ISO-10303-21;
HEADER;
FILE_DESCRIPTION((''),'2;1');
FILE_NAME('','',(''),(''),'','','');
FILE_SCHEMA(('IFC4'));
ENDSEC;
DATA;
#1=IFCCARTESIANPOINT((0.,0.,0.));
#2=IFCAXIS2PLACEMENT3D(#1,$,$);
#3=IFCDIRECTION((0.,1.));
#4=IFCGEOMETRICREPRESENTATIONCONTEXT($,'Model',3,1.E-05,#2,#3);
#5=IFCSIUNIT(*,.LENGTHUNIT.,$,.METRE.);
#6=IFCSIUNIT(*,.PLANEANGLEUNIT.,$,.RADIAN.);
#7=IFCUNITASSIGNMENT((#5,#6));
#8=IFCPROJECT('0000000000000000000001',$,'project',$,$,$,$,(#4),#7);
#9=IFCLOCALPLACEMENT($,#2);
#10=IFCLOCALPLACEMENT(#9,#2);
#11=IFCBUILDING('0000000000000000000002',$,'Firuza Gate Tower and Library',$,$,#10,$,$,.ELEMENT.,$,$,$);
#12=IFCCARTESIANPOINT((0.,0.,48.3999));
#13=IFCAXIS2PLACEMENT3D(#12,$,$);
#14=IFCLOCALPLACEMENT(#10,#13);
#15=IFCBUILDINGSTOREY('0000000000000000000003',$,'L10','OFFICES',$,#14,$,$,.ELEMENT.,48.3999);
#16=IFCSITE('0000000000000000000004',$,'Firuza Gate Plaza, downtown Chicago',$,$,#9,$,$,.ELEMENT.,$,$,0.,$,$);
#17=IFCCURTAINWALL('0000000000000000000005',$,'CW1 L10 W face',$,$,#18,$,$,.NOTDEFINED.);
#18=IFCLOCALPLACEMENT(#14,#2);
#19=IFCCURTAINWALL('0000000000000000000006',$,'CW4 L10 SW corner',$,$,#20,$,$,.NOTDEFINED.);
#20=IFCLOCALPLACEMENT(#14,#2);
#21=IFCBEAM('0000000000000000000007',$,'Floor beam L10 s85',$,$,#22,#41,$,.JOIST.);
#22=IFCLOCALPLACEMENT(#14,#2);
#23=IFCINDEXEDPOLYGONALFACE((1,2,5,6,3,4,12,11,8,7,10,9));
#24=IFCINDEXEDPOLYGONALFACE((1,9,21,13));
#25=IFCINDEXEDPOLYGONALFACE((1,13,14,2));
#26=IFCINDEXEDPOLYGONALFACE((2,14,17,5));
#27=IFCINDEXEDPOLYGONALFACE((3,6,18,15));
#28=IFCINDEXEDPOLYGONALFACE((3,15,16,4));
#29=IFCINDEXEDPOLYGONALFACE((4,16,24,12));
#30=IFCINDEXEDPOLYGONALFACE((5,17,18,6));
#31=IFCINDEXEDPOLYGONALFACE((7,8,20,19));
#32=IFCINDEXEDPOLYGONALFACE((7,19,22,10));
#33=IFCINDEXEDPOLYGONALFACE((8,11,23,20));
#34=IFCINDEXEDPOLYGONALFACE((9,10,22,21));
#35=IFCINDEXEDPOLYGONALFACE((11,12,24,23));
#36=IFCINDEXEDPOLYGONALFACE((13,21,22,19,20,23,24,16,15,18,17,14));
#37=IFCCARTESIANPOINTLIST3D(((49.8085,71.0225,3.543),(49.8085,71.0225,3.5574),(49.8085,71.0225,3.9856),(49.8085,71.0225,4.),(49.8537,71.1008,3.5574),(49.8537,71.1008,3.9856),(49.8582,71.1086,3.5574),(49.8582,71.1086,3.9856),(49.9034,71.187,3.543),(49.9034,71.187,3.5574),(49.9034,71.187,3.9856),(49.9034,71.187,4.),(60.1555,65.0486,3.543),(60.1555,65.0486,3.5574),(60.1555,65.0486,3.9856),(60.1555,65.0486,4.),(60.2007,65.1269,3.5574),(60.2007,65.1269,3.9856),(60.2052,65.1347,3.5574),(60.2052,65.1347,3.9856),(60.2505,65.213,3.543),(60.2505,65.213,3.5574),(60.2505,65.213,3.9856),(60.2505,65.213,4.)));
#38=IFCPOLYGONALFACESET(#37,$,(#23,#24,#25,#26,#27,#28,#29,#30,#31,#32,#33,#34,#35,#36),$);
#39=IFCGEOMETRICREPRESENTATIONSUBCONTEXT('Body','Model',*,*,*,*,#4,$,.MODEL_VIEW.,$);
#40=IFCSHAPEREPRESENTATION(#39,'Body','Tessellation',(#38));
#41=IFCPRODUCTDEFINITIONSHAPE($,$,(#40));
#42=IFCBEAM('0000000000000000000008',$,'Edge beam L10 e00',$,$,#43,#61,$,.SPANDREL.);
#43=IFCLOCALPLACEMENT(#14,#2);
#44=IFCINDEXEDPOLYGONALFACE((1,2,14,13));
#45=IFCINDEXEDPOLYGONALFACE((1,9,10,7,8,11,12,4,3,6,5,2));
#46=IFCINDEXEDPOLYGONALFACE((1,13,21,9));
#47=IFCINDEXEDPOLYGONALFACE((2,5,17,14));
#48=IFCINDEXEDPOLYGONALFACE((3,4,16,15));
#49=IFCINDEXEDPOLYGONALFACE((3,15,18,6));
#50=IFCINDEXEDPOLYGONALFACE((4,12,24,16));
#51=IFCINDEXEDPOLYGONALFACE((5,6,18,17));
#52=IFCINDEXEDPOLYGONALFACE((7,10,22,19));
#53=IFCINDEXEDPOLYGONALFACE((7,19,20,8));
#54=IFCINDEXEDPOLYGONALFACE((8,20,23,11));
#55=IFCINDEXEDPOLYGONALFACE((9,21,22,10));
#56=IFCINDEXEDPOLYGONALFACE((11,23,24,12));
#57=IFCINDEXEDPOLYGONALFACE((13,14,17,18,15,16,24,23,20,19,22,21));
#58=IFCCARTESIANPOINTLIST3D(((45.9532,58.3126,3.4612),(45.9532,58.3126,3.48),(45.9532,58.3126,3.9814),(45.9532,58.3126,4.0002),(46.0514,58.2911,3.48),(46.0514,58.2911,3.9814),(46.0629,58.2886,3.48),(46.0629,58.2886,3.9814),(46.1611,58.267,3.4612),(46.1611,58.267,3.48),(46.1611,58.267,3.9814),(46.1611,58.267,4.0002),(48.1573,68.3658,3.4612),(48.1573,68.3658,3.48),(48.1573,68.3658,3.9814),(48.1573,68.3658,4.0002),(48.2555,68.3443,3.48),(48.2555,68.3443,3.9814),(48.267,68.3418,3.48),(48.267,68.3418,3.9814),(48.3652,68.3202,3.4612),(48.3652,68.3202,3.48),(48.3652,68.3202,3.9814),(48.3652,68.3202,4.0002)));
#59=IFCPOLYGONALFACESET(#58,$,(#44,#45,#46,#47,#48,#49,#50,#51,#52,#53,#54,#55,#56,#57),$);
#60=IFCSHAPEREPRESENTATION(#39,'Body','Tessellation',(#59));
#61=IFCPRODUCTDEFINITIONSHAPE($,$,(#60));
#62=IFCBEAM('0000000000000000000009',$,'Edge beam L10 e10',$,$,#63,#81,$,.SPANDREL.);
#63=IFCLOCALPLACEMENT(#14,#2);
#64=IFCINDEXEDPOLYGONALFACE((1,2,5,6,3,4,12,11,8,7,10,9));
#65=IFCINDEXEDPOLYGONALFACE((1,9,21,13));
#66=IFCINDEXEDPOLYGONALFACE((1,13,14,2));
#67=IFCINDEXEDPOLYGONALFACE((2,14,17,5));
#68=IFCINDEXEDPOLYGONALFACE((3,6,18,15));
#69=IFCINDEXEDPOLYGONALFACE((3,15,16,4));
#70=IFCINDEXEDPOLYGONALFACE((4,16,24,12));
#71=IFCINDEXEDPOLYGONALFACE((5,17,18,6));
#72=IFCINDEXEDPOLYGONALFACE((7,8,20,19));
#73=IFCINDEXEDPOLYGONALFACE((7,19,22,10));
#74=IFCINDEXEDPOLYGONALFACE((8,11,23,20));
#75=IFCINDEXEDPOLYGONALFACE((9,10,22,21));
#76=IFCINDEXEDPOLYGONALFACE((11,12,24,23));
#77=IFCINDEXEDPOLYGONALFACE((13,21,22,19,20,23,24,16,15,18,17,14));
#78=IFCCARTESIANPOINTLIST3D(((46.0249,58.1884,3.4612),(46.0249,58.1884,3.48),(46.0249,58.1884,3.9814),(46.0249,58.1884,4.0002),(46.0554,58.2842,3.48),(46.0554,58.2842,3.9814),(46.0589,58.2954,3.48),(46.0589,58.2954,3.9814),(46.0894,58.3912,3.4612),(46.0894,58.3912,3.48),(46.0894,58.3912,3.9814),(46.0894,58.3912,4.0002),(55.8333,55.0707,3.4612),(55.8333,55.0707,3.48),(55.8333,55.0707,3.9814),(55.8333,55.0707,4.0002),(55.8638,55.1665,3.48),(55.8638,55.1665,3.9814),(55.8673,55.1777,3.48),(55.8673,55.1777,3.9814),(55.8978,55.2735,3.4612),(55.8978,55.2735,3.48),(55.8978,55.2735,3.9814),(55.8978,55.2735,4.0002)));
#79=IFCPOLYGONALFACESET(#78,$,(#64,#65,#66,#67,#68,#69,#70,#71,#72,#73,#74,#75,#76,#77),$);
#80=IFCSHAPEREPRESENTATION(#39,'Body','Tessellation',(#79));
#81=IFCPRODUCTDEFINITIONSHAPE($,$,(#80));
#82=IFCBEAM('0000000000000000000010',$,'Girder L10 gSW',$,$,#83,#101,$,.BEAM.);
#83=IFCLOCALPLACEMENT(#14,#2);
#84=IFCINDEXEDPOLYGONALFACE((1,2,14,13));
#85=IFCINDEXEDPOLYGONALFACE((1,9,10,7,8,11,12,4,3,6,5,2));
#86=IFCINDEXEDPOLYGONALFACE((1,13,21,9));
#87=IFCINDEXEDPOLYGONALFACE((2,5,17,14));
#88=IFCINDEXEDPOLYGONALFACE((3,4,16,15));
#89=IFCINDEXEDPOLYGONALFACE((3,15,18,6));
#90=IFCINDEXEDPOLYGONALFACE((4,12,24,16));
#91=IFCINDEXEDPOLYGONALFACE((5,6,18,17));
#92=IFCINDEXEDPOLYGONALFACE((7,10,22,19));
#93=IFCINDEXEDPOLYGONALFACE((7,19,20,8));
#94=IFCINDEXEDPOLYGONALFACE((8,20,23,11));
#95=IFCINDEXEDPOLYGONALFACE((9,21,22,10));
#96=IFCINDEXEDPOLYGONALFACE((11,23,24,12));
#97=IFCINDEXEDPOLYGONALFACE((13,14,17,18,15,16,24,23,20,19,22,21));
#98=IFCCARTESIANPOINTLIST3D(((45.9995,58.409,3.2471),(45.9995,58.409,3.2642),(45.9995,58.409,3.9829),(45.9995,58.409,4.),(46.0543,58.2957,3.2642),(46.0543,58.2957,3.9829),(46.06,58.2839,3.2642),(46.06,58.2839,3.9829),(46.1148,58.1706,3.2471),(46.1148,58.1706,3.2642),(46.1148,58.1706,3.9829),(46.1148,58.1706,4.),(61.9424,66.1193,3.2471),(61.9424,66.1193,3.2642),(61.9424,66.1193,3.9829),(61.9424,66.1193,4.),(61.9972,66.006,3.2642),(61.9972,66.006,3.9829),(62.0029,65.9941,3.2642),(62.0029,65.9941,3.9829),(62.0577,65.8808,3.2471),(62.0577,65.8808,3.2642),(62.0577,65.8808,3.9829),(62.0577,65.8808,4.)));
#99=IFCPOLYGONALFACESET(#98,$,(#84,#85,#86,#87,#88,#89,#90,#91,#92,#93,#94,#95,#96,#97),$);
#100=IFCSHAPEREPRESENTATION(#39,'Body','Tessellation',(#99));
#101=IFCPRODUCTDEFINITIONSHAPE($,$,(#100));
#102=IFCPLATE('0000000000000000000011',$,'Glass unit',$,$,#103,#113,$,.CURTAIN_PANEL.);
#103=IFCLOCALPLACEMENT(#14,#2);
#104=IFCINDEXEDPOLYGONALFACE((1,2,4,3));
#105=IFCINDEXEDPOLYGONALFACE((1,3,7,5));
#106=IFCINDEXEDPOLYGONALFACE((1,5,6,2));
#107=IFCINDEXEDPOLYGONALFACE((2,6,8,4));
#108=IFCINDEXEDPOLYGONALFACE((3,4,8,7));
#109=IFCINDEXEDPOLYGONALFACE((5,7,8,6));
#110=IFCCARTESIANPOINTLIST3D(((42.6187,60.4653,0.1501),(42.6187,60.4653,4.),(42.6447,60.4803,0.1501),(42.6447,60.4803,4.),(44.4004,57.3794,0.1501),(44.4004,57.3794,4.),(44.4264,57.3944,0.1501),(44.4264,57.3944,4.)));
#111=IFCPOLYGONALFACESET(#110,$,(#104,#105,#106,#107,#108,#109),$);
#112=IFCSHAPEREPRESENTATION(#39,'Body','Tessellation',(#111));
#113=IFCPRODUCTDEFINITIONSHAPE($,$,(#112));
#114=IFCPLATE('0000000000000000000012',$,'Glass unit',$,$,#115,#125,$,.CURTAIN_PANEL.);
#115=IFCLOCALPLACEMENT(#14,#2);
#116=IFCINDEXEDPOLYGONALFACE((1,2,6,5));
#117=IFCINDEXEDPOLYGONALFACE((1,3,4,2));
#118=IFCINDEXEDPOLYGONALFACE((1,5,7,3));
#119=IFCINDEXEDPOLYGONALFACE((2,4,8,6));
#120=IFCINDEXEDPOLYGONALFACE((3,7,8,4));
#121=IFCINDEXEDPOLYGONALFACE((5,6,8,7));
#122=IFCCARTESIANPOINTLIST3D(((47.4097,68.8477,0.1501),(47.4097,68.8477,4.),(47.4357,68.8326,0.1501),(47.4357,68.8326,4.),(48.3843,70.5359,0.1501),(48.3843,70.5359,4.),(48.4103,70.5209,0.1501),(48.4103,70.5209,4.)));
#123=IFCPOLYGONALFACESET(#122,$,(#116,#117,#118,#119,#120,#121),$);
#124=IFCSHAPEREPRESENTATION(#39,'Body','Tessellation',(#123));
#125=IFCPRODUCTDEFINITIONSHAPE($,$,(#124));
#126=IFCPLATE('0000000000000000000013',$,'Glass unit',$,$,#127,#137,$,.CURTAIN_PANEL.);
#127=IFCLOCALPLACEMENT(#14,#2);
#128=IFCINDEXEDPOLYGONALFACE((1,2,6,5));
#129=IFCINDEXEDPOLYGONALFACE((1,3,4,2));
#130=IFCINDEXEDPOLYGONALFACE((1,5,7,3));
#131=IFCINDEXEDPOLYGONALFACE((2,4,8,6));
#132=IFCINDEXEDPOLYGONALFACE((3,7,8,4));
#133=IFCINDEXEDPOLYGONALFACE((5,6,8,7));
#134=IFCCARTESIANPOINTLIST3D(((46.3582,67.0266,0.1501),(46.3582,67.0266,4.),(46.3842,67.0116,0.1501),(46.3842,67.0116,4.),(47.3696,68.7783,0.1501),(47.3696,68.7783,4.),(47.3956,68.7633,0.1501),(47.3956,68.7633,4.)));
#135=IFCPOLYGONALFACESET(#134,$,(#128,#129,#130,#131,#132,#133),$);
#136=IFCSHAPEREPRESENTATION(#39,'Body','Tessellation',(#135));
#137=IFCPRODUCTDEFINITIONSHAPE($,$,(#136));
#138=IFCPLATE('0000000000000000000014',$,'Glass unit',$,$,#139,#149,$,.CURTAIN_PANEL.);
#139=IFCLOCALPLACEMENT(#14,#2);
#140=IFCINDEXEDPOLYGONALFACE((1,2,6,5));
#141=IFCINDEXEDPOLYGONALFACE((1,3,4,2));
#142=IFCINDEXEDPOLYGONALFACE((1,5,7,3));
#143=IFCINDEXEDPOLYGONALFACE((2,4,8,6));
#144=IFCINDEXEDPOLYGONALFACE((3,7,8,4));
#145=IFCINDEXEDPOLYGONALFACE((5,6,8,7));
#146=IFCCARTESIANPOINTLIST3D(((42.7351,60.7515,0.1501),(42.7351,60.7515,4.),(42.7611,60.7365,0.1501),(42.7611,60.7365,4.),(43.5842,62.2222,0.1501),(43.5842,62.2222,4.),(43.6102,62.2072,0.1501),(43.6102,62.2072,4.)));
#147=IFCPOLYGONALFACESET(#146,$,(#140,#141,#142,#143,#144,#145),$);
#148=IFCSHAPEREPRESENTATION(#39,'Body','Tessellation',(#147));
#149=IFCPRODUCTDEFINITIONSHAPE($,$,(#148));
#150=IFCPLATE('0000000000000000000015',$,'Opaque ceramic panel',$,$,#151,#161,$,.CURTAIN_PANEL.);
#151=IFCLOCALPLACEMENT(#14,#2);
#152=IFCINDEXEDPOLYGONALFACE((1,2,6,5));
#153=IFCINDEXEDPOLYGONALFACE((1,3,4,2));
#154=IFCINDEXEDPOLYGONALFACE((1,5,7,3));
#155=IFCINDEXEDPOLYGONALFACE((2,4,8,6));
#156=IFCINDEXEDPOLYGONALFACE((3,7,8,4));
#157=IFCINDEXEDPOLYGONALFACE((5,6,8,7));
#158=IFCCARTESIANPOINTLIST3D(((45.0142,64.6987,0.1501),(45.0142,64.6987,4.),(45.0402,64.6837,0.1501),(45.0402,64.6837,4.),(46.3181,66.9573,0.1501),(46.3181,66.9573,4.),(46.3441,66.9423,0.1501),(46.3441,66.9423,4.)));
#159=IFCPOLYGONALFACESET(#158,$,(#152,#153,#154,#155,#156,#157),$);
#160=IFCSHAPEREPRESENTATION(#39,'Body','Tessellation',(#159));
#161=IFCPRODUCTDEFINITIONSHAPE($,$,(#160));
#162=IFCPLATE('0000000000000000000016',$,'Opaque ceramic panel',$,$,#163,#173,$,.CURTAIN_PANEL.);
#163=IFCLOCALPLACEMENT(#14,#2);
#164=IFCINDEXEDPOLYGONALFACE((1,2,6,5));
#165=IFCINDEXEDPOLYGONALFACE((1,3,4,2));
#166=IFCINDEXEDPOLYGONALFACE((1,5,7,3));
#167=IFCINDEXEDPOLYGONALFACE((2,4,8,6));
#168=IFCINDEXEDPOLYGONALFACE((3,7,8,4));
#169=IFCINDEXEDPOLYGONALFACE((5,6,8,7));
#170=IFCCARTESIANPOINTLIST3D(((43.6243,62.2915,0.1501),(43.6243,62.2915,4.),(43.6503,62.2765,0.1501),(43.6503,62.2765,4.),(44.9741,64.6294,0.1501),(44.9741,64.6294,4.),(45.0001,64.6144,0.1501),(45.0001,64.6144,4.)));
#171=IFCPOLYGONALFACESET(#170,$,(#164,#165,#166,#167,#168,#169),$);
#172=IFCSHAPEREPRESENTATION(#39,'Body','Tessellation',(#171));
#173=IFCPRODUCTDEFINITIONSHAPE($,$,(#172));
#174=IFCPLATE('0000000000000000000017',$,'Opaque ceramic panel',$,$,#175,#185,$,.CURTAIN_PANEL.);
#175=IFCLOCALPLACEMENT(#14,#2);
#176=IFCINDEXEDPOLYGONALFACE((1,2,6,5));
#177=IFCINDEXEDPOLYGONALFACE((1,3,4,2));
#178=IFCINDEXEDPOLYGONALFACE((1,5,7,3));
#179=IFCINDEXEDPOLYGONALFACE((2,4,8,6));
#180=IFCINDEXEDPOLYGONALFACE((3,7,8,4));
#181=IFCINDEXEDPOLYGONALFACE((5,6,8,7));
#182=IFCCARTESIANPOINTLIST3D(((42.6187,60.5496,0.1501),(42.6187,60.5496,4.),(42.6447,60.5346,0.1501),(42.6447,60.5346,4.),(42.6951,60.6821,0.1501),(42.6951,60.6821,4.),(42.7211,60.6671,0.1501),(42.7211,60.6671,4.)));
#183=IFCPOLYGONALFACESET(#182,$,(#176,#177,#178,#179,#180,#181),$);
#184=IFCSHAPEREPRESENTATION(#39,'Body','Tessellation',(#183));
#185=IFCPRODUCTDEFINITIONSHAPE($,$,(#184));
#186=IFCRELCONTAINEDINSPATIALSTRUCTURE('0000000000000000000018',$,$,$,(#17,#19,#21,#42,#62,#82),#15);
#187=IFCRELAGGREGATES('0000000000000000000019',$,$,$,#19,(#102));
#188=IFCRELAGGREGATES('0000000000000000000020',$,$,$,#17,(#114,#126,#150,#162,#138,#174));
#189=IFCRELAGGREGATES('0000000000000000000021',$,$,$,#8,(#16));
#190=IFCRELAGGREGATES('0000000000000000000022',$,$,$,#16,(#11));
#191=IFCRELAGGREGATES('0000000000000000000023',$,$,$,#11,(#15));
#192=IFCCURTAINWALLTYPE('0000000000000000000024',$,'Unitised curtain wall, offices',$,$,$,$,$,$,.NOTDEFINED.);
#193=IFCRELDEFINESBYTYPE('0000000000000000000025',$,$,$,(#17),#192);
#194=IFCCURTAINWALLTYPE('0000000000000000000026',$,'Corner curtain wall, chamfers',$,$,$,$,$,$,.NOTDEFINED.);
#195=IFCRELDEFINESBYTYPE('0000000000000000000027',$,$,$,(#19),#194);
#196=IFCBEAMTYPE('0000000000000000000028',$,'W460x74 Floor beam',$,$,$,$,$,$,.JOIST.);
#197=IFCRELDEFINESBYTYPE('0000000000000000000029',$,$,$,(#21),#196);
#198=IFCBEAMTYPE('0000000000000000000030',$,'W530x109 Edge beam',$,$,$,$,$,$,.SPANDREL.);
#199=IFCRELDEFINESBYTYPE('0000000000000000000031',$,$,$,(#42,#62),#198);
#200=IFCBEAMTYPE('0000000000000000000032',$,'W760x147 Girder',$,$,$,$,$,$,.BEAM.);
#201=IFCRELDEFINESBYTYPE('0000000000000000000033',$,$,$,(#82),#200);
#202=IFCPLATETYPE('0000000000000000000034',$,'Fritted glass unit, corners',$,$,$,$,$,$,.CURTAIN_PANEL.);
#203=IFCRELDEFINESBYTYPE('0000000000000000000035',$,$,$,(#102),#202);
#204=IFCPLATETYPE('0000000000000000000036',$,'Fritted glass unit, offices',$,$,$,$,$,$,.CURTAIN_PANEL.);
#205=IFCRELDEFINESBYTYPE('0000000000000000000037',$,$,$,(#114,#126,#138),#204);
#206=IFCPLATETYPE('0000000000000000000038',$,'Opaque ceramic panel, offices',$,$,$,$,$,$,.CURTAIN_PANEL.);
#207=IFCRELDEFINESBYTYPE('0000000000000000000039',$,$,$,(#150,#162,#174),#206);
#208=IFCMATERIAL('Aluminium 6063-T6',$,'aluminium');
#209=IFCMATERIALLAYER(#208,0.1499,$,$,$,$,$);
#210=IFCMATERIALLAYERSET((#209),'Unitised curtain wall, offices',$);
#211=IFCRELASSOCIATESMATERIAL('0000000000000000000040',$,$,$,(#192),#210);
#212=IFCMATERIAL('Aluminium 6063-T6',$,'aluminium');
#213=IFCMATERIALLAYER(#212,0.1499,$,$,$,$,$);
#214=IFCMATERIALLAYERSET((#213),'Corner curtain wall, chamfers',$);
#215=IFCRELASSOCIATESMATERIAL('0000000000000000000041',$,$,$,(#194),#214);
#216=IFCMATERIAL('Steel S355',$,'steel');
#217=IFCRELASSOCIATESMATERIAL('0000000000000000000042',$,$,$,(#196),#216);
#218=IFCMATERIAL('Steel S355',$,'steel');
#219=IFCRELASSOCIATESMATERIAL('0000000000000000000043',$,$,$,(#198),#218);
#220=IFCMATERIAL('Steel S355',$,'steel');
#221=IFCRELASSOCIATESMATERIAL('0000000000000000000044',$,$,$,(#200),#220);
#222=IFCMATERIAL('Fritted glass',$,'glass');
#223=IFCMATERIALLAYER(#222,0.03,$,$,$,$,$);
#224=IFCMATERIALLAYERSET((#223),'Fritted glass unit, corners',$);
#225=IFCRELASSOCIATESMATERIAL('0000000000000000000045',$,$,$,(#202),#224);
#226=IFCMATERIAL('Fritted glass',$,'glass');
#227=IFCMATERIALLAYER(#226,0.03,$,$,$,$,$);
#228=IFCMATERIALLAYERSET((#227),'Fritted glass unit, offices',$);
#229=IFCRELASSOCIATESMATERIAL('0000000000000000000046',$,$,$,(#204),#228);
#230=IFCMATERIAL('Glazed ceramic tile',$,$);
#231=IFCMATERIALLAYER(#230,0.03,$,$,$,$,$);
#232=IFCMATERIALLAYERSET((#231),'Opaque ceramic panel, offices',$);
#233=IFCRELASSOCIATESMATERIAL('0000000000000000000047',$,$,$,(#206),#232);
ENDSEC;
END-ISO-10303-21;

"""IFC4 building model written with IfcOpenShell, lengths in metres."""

from ifc_helpers import new_model, si_unit, direction, frame, origin, origin_2d, place, context, subcontext, project, spatial, polyline, i_section, outline, extrude, material, layer, layer_set, material_profile, profile_set, type_object, element, aggregate, save


model = new_model("IFC4")

# Units and contexts
model_context = context("Model", 3, precision=1e-05, world=origin(), true_north=direction((0.0, 1.0)))
body_context = subcontext(model_context, "Body", "Model", "MODEL_VIEW")
ifc_project = project(units=[si_unit("LENGTHUNIT", "METRE"), si_unit("PLANEANGLEUNIT", "RADIAN")], contexts=[model_context])

# Site, building, storey
site_placement = place(None, origin())
site = spatial("IfcSite", under=ifc_project, at=site_placement, Name="Firuza Gate Plaza, downtown Chicago", CompositionType="ELEMENT", RefElevation=0.0)
building_placement = place(site_placement, origin())
building = spatial("IfcBuilding", under=site, at=building_placement, Name="Firuza Gate Tower and Library", CompositionType="ELEMENT")
storey_placement = place(building_placement, frame((0.0, 0.0, 48.3999)))
storey = spatial("IfcBuildingStorey", under=building, at=storey_placement, Name="L10", Description="OFFICES", CompositionType="ELEMENT", Elevation=48.3999)

# Curtain walls
ifc_material_1 = material(Name="Aluminium 6063-T6", Category="aluminium")
ifc_layer_1 = layer(ifc_material_1, 0.1499)
ifc_layer_set_1 = layer_set([ifc_layer_1], Name="Unitised curtain wall, offices")
curtain_wall_type_1 = type_object("IfcCurtainWallType", Name="Unitised curtain wall, offices", PredefinedType="NOTDEFINED", material=ifc_layer_set_1)
placement = place(storey_placement, origin())
curtain_wall_1 = element("IfcCurtainWall", 1, at=placement, inside=storey, type_object=curtain_wall_type_1, Name="CW1 L10 W face", PredefinedType="NOTDEFINED")
ifc_material_2 = material(Name="Aluminium 6063-T6", Category="aluminium")
ifc_layer_2 = layer(ifc_material_2, 0.1499)
ifc_layer_set_2 = layer_set([ifc_layer_2], Name="Corner curtain wall, chamfers")
curtain_wall_type_2 = type_object("IfcCurtainWallType", Name="Corner curtain wall, chamfers", PredefinedType="NOTDEFINED", material=ifc_layer_set_2)
curtain_wall_2 = element("IfcCurtainWall", 2, at=placement, inside=storey, type_object=curtain_wall_type_2, Name="CW4 L10 SW corner", PredefinedType="NOTDEFINED")

# Beams
ifc_material_3 = material(Name="Steel S355", Category="steel")
ifc_material_profile_1 = material_profile(ifc_material_3, i_section(OverallWidth=0.1899, OverallDepth=0.457, WebThickness=0.009, FlangeThickness=0.0144, at=origin_2d()))
ifc_profile_set_1 = profile_set([ifc_material_profile_1], Name="Steel S355")
beam_type_1 = type_object("IfcBeamType", Name="W460x74 Floor beam", PredefinedType="JOIST", material=ifc_profile_set_1)
beam_1_placement = place(storey_placement, frame((49.856, 71.1047, 3.7715), z_axis=(0.866023, -0.500005, 0.0), x_axis=(0.500005, 0.866023, 0.0)))
element("IfcBeam", 3, at=beam_1_placement, inside=storey, type_object=beam_type_1, Name="Floor beam L10 s85", PredefinedType="JOIST", context=body_context, shape_type="SweptSolid", body=[
    extrude(i_section(OverallWidth=0.1899, OverallDepth=0.457, WebThickness=0.009, FlangeThickness=0.0144, at=origin_2d()), origin(), (0.0, 0.0, 1.0), 11.9478),
])
ifc_material_4 = material(Name="Steel S355", Category="steel")
ifc_material_profile_2 = material_profile(ifc_material_4, i_section(OverallWidth=0.2129, OverallDepth=0.5391, WebThickness=0.0117, FlangeThickness=0.0188, at=origin_2d()))
ifc_profile_set_2 = profile_set([ifc_material_profile_2], Name="Steel S355")
beam_type_2 = type_object("IfcBeamType", Name="W530x109 Edge beam", PredefinedType="SPANDREL", material=ifc_profile_set_2)
for number, where, z_axis, x_axis, name in (
    (4, (48.2612, 68.343, 3.7307), (-0.214157, -0.976799, 0.0), (0.976799, -0.214157, 0.0), "Edge beam L10 e00"),
    (5, (46.0571, 58.2898, 3.7307), (0.953015, -0.302925, 0.0), (0.302925, 0.953015, 0.0), "Edge beam L10 e10"),
):
    element("IfcBeam", number, at=place(storey_placement, frame(where, z_axis=z_axis, x_axis=x_axis)), inside=storey, type_object=beam_type_2, Name=name, PredefinedType="SPANDREL", context=body_context, shape_type="SweptSolid", body=[
        extrude(i_section(OverallWidth=0.2129, OverallDepth=0.5391, WebThickness=0.0117, FlangeThickness=0.0188, at=origin_2d()), origin(), (0.0, 0.0, 1.0), 10.292),
    ])
ifc_material_5 = material(Name="Steel S355", Category="steel")
ifc_material_profile_3 = material_profile(ifc_material_5, i_section(OverallWidth=0.2649, OverallDepth=0.7529, WebThickness=0.0132, FlangeThickness=0.0171, at=origin_2d()))
ifc_profile_set_3 = profile_set([ifc_material_profile_3], Name="Steel S355")
beam_type_3 = type_object("IfcBeamType", Name="W760x147 Girder", PredefinedType="BEAM", material=ifc_profile_set_3)
beam_2_placement = place(storey_placement, frame((46.0571, 58.2898, 3.6235), z_axis=(0.90025, 0.435374, 0.0), x_axis=(-0.435374, 0.90025, 0.0)))
element("IfcBeam", 6, at=beam_2_placement, inside=storey, type_object=beam_type_3, Name="Girder L10 gSW", PredefinedType="BEAM", context=body_context, shape_type="SweptSolid", body=[
    extrude(i_section(OverallWidth=0.2649, OverallDepth=0.7529, WebThickness=0.0132, FlangeThickness=0.0171, at=origin_2d()), origin(), (0.0, 0.0, 1.0), 17.7095),
])

# Plates
ifc_material_6 = material(Name="Fritted glass", Category="glass")
ifc_layer_3 = layer(ifc_material_6, 0.03)
ifc_layer_set_3 = layer_set([ifc_layer_3], Name="Fritted glass unit, corners")
plate_type_1 = type_object("IfcPlateType", Name="Fritted glass unit, corners", PredefinedType="CURTAIN_PANEL", material=ifc_layer_set_3)
plate_1_placement = place(storey_placement, frame((42.6187, 60.4653, 0.1501), z_axis=(-0.866017, -0.500015, 0.0), x_axis=(0.500015, -0.866017, 0.0)))
plate_1 = element("IfcPlate", 7, at=plate_1_placement, type_object=plate_type_1, Name="Glass unit", PredefinedType="CURTAIN_PANEL", context=body_context, shape_type="SweptSolid", body=[
    extrude(outline(polyline([(0.0, 0.0), (3.5634, 0.0), (3.5634, 3.8499), (0.0, 3.8499), (0.0, 0.0)])), origin(), (0.0, 0.0, -1.0), 0.03),
])
aggregate(curtain_wall_2, [plate_1])
ifc_material_7 = material(Name="Fritted glass", Category="glass")
ifc_layer_4 = layer(ifc_material_7, 0.03)
ifc_layer_set_4 = layer_set([ifc_layer_4], Name="Fritted glass unit, offices")
plate_type_2 = type_object("IfcPlateType", Name="Fritted glass unit, offices", PredefinedType="CURTAIN_PANEL", material=ifc_layer_set_4)
plate_2_placement = place(storey_placement, frame((48.3843, 70.5359, 0.1501), z_axis=(-0.866046, 0.499965, 0.0), x_axis=(-0.499965, -0.866046, 0.0)))
plate_2 = element("IfcPlate", 8, at=plate_2_placement, type_object=plate_type_2, Name="Glass unit", PredefinedType="CURTAIN_PANEL", context=body_context, shape_type="SweptSolid", body=[
    extrude(outline(polyline([(0.0, 0.0), (1.9494, 0.0), (1.9494, 3.8499), (0.0, 3.8499), (0.0, 0.0)])), origin(), (0.0, 0.0, -1.0), 0.03),
])
plate_3_placement = place(storey_placement, frame((47.3696, 68.7783, 0.1501), z_axis=(-0.865999, 0.500046, 0.0), x_axis=(-0.500046, -0.865999, 0.0)))
plate_3 = element("IfcPlate", 9, at=plate_3_placement, type_object=plate_type_2, Name="Glass unit", PredefinedType="CURTAIN_PANEL", context=body_context, shape_type="SweptSolid", body=[
    extrude(outline(polyline([(0.0, 0.0), (2.0228, 0.0), (2.0228, 3.8499), (0.0, 3.8499), (0.0, 0.0)])), origin(), (0.0, 0.0, -1.0), 0.03),
])
plate_4_placement = place(storey_placement, frame((43.5842, 62.2222, 0.1501), z_axis=(-0.866023, 0.500005, 0.0), x_axis=(-0.500005, -0.866023, 0.0)))
plate_4 = element("IfcPlate", 10, at=plate_4_placement, type_object=plate_type_2, Name="Glass unit", PredefinedType="CURTAIN_PANEL", context=body_context, shape_type="SweptSolid", body=[
    extrude(outline(polyline([(0.0, 0.0), (1.6982, 0.0), (1.6982, 3.8499), (0.0, 3.8499), (0.0, 0.0)])), origin(), (0.0, 0.0, -1.0), 0.03),
])
ifc_material_8 = material(Name="Glazed ceramic tile")
ifc_layer_5 = layer(ifc_material_8, 0.03)
ifc_layer_set_5 = layer_set([ifc_layer_5], Name="Opaque ceramic panel, offices")
plate_type_3 = type_object("IfcPlateType", Name="Opaque ceramic panel, offices", PredefinedType="CURTAIN_PANEL", material=ifc_layer_set_5)
plate_5_placement = place(storey_placement, frame((46.3181, 66.9573, 0.1501), z_axis=(-0.866028, 0.499995, 0.0), x_axis=(-0.499995, -0.866028, 0.0)))
plate_5 = element("IfcPlate", 11, at=plate_5_placement, type_object=plate_type_3, Name="Opaque ceramic panel", PredefinedType="CURTAIN_PANEL", context=body_context, shape_type="SweptSolid", body=[
    extrude(outline(polyline([(0.0, 0.0), (2.6079, 0.0), (2.6079, 3.8499), (0.0, 3.8499), (0.0, 0.0)])), origin(), (0.0, 0.0, -1.0), 0.03),
])
plate_6_placement = place(storey_placement, frame((44.9741, 64.6294, 0.1501), z_axis=(-0.866014, 0.50002, 0.0), x_axis=(-0.50002, -0.866014, 0.0)))
plate_6 = element("IfcPlate", 12, at=plate_6_placement, type_object=plate_type_3, Name="Opaque ceramic panel", PredefinedType="CURTAIN_PANEL", context=body_context, shape_type="SweptSolid", body=[
    extrude(outline(polyline([(0.0, 0.0), (2.6996, 0.0), (2.6996, 3.8499), (0.0, 3.8499), (0.0, 0.0)])), origin(), (0.0, 0.0, -1.0), 0.03),
])
plate_7_placement = place(storey_placement, frame((42.6951, 60.6821, 0.1501), z_axis=(-0.866371, 0.4994, 0.0), x_axis=(-0.4994, -0.866371, 0.0)))
plate_7 = element("IfcPlate", 13, at=plate_7_placement, type_object=plate_type_3, Name="Opaque ceramic panel", PredefinedType="CURTAIN_PANEL", context=body_context, shape_type="SweptSolid", body=[
    extrude(outline(polyline([(0.0, 0.0), (0.153, 0.0), (0.153, 3.8499), (0.0, 3.8499), (0.0, 0.0)])), origin(), (0.0, 0.0, -1.0), 0.03),
])
aggregate(curtain_wall_1, [plate_2, plate_3, plate_5, plate_6, plate_4, plate_7])

save(model, "model.ifc")
